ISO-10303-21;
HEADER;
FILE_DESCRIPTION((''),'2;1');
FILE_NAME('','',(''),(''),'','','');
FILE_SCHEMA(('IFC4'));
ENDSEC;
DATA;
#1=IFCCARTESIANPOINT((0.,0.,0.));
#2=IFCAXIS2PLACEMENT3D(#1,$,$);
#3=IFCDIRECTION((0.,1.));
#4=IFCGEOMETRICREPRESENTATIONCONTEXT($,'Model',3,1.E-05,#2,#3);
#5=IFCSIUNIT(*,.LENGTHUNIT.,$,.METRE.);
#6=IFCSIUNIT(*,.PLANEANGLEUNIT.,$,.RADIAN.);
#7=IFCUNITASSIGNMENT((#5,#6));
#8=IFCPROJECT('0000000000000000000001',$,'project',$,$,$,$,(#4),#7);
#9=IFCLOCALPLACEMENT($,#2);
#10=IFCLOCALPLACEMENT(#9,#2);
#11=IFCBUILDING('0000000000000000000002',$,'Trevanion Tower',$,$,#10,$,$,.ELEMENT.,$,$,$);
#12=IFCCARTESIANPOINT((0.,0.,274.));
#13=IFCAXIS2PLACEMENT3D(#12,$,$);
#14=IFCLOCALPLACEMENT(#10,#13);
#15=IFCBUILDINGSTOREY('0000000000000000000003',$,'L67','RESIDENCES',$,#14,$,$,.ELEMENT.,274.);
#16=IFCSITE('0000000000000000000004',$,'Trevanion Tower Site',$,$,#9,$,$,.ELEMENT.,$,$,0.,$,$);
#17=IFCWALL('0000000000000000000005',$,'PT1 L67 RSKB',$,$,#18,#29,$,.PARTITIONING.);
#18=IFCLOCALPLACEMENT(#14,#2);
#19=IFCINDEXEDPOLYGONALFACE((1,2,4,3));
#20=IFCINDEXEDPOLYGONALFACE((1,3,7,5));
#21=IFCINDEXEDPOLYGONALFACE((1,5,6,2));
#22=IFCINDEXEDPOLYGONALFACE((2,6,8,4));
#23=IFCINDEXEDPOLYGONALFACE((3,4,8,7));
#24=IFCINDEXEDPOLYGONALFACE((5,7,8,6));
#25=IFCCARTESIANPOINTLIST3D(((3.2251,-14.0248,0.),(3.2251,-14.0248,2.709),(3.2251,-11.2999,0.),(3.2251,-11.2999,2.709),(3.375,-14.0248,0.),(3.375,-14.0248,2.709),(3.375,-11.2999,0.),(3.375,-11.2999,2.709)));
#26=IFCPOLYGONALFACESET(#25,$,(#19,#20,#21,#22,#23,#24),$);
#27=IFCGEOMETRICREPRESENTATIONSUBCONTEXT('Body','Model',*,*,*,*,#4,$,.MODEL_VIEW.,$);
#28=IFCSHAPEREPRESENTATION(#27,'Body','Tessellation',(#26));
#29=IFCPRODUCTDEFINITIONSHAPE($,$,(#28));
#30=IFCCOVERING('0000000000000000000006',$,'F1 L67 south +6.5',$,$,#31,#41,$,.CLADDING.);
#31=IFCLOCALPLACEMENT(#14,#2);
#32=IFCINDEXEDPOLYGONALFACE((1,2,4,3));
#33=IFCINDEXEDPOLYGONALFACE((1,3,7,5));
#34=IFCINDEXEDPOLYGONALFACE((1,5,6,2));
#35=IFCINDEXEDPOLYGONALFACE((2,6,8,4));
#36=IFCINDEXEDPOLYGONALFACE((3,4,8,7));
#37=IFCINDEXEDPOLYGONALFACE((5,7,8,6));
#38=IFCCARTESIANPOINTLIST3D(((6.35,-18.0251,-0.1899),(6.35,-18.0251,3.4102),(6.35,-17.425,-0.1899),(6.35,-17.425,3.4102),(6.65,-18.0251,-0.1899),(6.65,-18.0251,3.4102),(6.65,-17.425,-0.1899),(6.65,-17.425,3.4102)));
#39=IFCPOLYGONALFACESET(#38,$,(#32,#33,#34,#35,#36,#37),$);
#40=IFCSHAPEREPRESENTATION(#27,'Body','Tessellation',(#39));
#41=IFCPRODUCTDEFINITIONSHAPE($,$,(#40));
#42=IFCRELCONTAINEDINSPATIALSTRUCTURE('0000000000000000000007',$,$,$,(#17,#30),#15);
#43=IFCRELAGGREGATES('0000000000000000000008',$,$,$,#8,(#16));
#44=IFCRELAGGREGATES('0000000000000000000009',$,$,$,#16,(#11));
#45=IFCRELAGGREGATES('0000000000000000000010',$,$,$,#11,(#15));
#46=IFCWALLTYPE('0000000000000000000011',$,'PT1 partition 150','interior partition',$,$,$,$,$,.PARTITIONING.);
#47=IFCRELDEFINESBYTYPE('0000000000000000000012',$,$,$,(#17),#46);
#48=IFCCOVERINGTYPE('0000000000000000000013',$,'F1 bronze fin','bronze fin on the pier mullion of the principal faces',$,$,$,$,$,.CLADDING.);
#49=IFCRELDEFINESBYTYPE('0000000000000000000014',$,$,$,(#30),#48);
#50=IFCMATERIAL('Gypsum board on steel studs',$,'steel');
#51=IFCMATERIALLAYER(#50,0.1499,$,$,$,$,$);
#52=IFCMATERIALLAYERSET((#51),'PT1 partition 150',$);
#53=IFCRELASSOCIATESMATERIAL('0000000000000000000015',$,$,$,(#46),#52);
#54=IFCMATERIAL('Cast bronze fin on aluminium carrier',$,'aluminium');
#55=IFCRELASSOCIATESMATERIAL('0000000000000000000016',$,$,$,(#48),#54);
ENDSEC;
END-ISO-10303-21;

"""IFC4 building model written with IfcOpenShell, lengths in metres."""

from ifc_helpers import new_model, si_unit, direction, frame, frame_2d, origin, origin_2d, place, context, subcontext, project, spatial, rectangle, extrude, material, layer, layer_set, type_object, element, save


model = new_model("IFC4")

# Units and contexts
model_context = context("Model", 3, precision=1e-05, world=origin(), true_north=direction((0.0, 1.0)))
body_context = subcontext(model_context, "Body", "Model", "MODEL_VIEW")
ifc_project = project(units=[si_unit("LENGTHUNIT", "METRE"), si_unit("PLANEANGLEUNIT", "RADIAN")], contexts=[model_context])

# Site, building, storey
site_placement = place(None, origin())
site = spatial("IfcSite", under=ifc_project, at=site_placement, Name="Trevanion Tower Site", CompositionType="ELEMENT", RefElevation=0.0)
building_placement = place(site_placement, origin())
building = spatial("IfcBuilding", under=site, at=building_placement, Name="Trevanion Tower", CompositionType="ELEMENT")
storey_placement = place(building_placement, frame((0.0, 0.0, 274.0)))
storey = spatial("IfcBuildingStorey", under=building, at=storey_placement, Name="L67", Description="RESIDENCES", CompositionType="ELEMENT", Elevation=274.0)

# Shared definitions
ifc_material_1 = material(Name="Gypsum board on steel studs", Category="steel")
ifc_layer_1 = layer(ifc_material_1, 0.1499)
ifc_layer_set_1 = layer_set([ifc_layer_1], Name="PT1 partition 150")
wall_type_1 = type_object("IfcWallType", Name="PT1 partition 150", Description="interior partition", PredefinedType="PARTITIONING", material=ifc_layer_set_1)

# Wall
wall_1_placement = place(storey_placement, frame((3.3, -11.3, 0.0), z_axis=(0.0, 0.0, 1.0), x_axis=(0.0, -1.0, 0.0)))
element("IfcWall", 1, at=wall_1_placement, inside=storey, type_object=wall_type_1, Name="PT1 L67 RSKB", PredefinedType="PARTITIONING", context=body_context, shape_type="SweptSolid", body=[
    extrude(rectangle(XDim=2.7249, YDim=0.1499, at=frame_2d((1.3623, 0.0))), origin(), (0.0, 0.0, 1.0), 2.709),
])

# Covering
ifc_material_2 = material(Name="Cast bronze fin on aluminium carrier", Category="aluminium")
covering_type = type_object("IfcCoveringType", Name="F1 bronze fin", Description="bronze fin on the pier mullion of the principal faces", PredefinedType="CLADDING", material=ifc_material_2)
covering_placement = place(storey_placement, frame((6.5, -17.7251, -0.1899), z_axis=(0.0, 0.0, 1.0), x_axis=(1.0, 0.0, 0.0)))
element("IfcCovering", 2, at=covering_placement, inside=storey, type_object=covering_type, Name="F1 L67 south +6.5", PredefinedType="CLADDING", context=body_context, shape_type="SweptSolid", body=[
    extrude(rectangle(XDim=0.3, YDim=0.6001, at=origin_2d()), origin(), (0.0, 0.0, 1.0), 3.6001),
])

save(model, "model.ifc")
